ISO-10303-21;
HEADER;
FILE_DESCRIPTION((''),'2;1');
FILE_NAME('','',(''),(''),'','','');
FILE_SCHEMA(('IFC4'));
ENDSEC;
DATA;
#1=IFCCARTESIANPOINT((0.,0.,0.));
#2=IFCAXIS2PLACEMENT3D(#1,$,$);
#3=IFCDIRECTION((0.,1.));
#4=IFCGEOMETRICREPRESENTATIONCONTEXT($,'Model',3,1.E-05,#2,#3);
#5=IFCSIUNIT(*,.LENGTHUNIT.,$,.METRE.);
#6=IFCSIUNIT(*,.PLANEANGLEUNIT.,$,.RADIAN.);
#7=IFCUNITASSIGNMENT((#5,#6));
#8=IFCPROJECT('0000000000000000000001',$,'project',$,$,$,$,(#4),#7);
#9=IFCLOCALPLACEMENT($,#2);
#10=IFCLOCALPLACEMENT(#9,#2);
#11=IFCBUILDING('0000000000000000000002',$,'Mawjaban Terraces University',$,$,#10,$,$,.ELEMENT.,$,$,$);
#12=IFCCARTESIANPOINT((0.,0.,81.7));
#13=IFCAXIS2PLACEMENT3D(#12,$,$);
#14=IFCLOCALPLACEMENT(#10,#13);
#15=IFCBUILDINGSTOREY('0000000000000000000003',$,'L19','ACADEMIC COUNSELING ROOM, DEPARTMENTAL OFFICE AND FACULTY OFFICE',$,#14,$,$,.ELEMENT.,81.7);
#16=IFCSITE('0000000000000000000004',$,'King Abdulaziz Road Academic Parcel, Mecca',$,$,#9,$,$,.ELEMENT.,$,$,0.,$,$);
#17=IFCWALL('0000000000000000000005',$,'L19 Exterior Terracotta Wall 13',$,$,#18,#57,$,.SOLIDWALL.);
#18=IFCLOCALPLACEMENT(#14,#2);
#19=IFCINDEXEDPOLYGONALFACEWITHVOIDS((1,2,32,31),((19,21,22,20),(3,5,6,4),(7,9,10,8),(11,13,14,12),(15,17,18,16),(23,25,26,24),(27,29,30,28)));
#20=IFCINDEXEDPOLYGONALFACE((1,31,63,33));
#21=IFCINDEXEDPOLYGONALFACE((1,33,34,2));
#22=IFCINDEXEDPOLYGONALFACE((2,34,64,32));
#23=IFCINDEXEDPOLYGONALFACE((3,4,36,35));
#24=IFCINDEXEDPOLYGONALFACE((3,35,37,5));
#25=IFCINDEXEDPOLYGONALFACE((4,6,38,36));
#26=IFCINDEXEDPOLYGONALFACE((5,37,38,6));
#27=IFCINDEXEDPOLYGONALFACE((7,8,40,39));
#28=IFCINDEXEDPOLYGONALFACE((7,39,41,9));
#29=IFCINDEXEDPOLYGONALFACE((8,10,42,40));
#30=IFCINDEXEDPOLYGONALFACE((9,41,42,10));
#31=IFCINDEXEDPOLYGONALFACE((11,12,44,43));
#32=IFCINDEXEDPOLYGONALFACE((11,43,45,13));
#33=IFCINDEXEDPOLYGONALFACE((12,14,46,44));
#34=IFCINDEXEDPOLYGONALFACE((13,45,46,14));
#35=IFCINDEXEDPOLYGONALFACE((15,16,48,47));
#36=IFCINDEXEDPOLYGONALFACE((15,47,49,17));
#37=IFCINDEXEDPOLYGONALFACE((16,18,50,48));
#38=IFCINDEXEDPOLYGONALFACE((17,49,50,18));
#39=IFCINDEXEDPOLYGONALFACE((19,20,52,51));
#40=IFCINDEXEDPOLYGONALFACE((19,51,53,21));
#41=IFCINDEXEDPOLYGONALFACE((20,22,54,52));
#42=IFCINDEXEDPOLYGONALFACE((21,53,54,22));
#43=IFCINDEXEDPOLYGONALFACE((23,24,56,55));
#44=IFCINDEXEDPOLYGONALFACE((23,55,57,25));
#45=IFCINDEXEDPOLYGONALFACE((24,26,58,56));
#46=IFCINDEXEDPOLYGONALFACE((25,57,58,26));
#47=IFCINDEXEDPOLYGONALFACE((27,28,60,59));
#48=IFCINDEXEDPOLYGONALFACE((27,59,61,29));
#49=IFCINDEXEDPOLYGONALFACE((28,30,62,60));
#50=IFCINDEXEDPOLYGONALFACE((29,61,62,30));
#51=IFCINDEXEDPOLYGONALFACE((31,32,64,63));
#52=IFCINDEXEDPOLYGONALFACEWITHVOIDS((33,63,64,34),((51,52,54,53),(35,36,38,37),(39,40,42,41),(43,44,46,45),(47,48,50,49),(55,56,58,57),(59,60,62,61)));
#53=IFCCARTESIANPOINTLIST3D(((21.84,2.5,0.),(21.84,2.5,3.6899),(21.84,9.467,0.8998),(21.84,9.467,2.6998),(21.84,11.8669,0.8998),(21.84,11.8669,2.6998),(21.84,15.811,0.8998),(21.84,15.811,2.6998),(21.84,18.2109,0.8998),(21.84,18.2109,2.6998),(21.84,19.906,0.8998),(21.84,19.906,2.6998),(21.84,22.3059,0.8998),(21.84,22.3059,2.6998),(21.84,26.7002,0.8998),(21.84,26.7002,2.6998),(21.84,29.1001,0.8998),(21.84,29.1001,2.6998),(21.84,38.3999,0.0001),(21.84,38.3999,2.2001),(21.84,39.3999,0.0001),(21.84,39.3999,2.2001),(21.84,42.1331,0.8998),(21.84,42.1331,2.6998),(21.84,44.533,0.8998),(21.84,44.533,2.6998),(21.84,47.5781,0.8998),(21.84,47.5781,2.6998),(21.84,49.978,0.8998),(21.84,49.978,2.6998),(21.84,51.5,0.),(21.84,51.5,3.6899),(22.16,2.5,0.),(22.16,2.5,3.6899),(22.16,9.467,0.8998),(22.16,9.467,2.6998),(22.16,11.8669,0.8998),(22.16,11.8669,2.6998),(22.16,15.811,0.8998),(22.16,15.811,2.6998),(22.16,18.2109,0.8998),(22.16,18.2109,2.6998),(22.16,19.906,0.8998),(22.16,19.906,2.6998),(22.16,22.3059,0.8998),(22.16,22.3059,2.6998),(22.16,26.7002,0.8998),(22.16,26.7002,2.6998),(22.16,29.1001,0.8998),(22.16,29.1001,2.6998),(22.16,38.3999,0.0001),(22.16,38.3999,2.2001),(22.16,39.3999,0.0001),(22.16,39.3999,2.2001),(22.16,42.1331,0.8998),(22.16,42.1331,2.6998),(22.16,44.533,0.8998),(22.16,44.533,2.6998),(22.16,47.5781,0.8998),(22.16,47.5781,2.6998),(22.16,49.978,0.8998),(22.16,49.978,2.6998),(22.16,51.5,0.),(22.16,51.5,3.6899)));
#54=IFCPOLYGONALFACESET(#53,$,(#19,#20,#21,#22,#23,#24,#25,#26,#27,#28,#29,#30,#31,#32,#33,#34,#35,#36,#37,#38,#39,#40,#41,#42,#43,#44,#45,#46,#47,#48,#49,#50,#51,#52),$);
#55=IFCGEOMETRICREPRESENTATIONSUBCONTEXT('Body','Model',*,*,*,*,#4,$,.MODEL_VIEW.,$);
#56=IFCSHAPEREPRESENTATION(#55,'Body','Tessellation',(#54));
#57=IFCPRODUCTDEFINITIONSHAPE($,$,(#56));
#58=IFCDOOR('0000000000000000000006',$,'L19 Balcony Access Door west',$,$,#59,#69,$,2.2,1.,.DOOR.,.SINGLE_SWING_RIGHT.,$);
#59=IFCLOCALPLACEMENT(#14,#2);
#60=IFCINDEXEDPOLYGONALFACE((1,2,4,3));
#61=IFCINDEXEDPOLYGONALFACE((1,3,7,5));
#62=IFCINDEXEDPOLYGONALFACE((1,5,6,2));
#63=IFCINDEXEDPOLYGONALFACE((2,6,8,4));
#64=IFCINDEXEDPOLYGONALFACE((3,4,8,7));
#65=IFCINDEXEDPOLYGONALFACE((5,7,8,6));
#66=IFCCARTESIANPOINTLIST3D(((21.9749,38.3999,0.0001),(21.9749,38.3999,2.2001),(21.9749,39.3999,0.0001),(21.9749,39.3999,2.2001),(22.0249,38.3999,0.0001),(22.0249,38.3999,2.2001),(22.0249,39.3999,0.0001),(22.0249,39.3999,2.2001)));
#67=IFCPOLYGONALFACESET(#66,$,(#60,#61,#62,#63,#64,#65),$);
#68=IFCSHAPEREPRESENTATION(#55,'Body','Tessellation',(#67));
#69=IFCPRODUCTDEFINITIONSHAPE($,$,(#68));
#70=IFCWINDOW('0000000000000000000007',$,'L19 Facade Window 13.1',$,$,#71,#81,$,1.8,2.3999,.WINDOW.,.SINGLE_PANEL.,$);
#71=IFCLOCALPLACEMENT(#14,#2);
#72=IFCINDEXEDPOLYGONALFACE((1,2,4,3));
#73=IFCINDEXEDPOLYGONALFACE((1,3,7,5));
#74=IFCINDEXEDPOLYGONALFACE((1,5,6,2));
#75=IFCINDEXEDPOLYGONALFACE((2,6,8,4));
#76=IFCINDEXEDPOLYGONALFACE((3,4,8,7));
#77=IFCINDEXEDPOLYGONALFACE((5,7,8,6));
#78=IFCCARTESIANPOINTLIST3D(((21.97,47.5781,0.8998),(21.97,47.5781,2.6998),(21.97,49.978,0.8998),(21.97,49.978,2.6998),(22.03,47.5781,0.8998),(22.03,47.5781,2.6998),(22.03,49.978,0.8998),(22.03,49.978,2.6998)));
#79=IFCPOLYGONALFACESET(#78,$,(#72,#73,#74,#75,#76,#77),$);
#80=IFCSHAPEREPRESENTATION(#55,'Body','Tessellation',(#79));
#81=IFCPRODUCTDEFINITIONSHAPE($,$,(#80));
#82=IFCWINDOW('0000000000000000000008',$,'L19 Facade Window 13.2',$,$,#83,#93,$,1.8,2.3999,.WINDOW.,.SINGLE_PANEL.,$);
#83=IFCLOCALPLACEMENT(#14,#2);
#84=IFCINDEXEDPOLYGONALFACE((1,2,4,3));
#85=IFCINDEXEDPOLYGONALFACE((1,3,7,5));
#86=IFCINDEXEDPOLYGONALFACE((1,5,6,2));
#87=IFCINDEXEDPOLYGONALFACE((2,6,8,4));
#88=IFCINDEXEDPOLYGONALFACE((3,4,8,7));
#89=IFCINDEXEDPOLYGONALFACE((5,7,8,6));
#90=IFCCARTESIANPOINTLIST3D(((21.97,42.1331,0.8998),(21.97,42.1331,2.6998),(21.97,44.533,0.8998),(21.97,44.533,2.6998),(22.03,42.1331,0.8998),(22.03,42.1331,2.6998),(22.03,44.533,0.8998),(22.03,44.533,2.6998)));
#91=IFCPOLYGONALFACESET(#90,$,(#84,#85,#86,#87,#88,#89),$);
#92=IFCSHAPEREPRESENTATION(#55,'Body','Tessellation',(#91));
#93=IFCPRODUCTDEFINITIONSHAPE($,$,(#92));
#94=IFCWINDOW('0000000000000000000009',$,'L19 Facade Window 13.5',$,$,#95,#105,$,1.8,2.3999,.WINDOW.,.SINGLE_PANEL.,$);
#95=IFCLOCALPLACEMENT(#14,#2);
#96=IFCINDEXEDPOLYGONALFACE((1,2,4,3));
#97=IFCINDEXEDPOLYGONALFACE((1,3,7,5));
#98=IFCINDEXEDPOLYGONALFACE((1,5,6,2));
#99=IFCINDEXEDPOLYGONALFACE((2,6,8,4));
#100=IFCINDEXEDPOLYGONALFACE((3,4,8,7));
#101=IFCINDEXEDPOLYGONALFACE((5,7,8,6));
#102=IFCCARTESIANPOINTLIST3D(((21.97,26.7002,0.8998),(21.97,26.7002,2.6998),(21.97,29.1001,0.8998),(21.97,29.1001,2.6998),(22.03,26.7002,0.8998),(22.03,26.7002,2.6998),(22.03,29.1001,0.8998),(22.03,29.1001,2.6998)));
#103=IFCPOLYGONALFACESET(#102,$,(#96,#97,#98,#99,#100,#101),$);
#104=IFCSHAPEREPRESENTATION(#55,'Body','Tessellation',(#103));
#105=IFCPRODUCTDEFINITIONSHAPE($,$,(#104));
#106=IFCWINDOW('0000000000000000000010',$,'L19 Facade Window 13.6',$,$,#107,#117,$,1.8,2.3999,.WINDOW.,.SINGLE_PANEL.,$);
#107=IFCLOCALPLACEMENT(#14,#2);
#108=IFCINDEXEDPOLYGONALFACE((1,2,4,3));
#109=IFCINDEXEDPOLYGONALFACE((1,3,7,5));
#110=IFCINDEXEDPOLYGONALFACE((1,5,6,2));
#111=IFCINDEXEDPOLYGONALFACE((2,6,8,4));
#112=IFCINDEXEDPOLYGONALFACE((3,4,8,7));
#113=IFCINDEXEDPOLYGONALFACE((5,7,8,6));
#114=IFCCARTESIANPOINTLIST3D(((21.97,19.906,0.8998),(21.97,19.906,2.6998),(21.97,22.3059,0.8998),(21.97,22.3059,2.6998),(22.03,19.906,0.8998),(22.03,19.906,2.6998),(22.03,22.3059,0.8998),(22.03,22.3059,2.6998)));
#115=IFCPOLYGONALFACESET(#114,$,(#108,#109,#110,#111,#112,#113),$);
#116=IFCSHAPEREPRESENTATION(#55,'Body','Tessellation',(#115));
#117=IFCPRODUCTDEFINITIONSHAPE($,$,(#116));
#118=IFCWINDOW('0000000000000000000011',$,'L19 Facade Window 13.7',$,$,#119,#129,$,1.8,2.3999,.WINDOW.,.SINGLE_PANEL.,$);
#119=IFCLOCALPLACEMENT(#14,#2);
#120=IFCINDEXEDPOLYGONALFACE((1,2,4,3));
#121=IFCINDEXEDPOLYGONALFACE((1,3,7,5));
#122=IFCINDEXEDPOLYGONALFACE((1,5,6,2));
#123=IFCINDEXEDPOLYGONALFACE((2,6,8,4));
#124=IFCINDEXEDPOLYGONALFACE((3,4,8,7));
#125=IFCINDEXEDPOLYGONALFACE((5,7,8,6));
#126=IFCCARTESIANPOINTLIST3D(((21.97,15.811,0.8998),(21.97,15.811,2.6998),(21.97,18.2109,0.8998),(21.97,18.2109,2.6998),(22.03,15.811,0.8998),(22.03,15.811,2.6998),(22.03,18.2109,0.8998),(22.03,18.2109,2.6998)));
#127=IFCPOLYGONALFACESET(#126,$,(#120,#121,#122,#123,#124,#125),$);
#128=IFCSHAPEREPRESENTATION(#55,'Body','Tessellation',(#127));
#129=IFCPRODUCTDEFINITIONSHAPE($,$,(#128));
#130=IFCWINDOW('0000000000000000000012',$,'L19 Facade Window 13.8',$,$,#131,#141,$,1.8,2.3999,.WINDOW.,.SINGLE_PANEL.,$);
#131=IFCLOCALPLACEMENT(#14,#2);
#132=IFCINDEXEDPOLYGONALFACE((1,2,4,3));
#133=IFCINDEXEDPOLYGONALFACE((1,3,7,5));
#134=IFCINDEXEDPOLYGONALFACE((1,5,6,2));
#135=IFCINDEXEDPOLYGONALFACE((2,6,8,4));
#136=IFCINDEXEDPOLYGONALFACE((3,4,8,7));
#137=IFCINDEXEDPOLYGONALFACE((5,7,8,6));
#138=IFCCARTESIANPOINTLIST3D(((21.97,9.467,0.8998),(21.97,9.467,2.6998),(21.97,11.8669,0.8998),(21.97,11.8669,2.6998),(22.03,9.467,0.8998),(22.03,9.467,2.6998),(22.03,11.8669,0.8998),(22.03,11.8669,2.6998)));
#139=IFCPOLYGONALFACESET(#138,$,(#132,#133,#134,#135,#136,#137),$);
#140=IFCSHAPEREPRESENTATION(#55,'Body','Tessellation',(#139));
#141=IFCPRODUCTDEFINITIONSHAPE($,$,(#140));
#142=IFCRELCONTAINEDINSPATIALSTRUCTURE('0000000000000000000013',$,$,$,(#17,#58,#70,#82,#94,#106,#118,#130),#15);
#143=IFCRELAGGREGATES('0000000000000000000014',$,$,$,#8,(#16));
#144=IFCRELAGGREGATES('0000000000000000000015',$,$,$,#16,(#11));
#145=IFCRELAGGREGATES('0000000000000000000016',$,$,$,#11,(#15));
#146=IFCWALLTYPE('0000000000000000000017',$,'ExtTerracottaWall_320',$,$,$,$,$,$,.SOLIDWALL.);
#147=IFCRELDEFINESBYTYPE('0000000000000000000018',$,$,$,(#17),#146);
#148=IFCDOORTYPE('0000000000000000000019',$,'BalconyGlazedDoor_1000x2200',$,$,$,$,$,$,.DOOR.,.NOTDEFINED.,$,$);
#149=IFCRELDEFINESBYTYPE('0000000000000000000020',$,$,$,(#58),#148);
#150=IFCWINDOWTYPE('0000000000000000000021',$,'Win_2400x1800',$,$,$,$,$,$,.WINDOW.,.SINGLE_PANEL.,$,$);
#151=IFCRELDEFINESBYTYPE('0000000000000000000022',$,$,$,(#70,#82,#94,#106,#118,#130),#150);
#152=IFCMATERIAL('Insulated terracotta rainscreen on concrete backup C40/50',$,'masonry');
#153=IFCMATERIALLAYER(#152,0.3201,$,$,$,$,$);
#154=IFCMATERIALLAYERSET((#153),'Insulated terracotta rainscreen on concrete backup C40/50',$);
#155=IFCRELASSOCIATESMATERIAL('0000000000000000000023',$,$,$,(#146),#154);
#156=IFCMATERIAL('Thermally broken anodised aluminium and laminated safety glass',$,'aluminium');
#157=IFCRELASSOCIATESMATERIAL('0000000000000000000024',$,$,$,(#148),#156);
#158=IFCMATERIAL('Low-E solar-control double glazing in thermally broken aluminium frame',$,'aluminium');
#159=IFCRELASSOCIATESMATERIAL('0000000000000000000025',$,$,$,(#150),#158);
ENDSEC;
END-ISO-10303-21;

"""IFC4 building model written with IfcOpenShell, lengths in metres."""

from ifc_helpers import new_model, si_unit, direction, frame, frame_2d, origin, place, context, subcontext, project, spatial, rectangle, extrude, material, layer, layer_set, type_object, element, fill, save


model = new_model("IFC4")

# Units and contexts
model_context = context("Model", 3, precision=1e-05, world=origin(), true_north=direction((0.0, 1.0)))
body_context = subcontext(model_context, "Body", "Model", "MODEL_VIEW")
ifc_project = project(units=[si_unit("LENGTHUNIT", "METRE"), si_unit("PLANEANGLEUNIT", "RADIAN")], contexts=[model_context])

# Site, building, storey
site_placement = place(None, origin())
site = spatial("IfcSite", under=ifc_project, at=site_placement, Name="King Abdulaziz Road Academic Parcel, Mecca", CompositionType="ELEMENT", RefElevation=0.0)
building_placement = place(site_placement, origin())
building = spatial("IfcBuilding", under=site, at=building_placement, Name="Mawjaban Terraces University", CompositionType="ELEMENT")
storey_placement = place(building_placement, frame((0.0, 0.0, 81.7)))
storey = spatial("IfcBuildingStorey", under=building, at=storey_placement, Name="L19", Description="ACADEMIC COUNSELING ROOM, DEPARTMENTAL OFFICE AND FACULTY OFFICE", CompositionType="ELEMENT", Elevation=81.7)

# Shared definitions
ifc_material_1 = material(Name="Insulated terracotta rainscreen on concrete backup C40/50", Category="masonry")
ifc_layer_1 = layer(ifc_material_1, 0.3201)
ifc_layer_set_1 = layer_set([ifc_layer_1], Name="Insulated terracotta rainscreen on concrete backup C40/50")
wall_type_1 = type_object("IfcWallType", Name="ExtTerracottaWall_320", PredefinedType="SOLIDWALL", material=ifc_layer_set_1)

# Wall, openings, door, windows
wall_1_placement = place(storey_placement, frame((22.0, 51.5, 0.0), z_axis=(0.0, 0.0, 1.0), x_axis=(0.0, -1.0, 0.0)))
wall_1 = element("IfcWall", 1, at=wall_1_placement, inside=storey, type_object=wall_type_1, Name="L19 Exterior Terracotta Wall 13", PredefinedType="SOLIDWALL", context=body_context, shape_type="SweptSolid", body=[
    extrude(rectangle(XDim=49.0, YDim=0.3201, at=frame_2d((24.5, 0.0))), origin(), (0.0, 0.0, 1.0), 3.6899),
])
opening_1_placement = place(wall_1_placement, frame((12.1001, 0.0, 0.0)))
opening_1 = element("IfcOpeningElement", 2, at=opening_1_placement, cuts=wall_1, PredefinedType="OPENING", context=body_context, shape_type="SweptSolid", body=[
    extrude(rectangle(XDim=1.0, YDim=2.2, at=frame_2d((0.5, 1.1001))), frame((0.0, 0.1699, 0.0), z_axis=(0.0, -1.0, 0.0), x_axis=(1.0, 0.0, 0.0)), (0.0, 0.0, 1.0), 0.3401),
])
opening_2_placement = place(wall_1_placement, frame((1.522, 0.0, 0.8999)))
opening_2 = element("IfcOpeningElement", 3, at=opening_2_placement, cuts=wall_1, PredefinedType="OPENING", context=body_context, shape_type="SweptSolid", body=[
    extrude(rectangle(XDim=2.3999, YDim=1.8, at=frame_2d((1.2, 0.8999))), frame((0.0, 0.1699, 0.0), z_axis=(0.0, -1.0, 0.0), x_axis=(1.0, 0.0, 0.0)), (0.0, 0.0, 1.0), 0.3401),
])
opening_3_placement = place(wall_1_placement, frame((6.967, 0.0, 0.8999)))
opening_3 = element("IfcOpeningElement", 4, at=opening_3_placement, cuts=wall_1, PredefinedType="OPENING", context=body_context, shape_type="SweptSolid", body=[
    extrude(rectangle(XDim=2.3999, YDim=1.8, at=frame_2d((1.2, 0.8999))), frame((0.0, 0.1699, 0.0), z_axis=(0.0, -1.0, 0.0), x_axis=(1.0, 0.0, 0.0)), (0.0, 0.0, 1.0), 0.3401),
])
opening_4_placement = place(wall_1_placement, frame((22.3999, 0.0, 0.8999)))
opening_4 = element("IfcOpeningElement", 5, at=opening_4_placement, cuts=wall_1, PredefinedType="OPENING", context=body_context, shape_type="SweptSolid", body=[
    extrude(rectangle(XDim=2.3999, YDim=1.8, at=frame_2d((1.2, 0.8999))), frame((0.0, 0.1699, 0.0), z_axis=(0.0, -1.0, 0.0), x_axis=(1.0, 0.0, 0.0)), (0.0, 0.0, 1.0), 0.3401),
])
opening_5_placement = place(wall_1_placement, frame((29.1941, 0.0, 0.8999)))
opening_5 = element("IfcOpeningElement", 6, at=opening_5_placement, cuts=wall_1, PredefinedType="OPENING", context=body_context, shape_type="SweptSolid", body=[
    extrude(rectangle(XDim=2.3999, YDim=1.8, at=frame_2d((1.2, 0.8999))), frame((0.0, 0.1699, 0.0), z_axis=(0.0, -1.0, 0.0), x_axis=(1.0, 0.0, 0.0)), (0.0, 0.0, 1.0), 0.3401),
])
opening_6_placement = place(wall_1_placement, frame((33.2891, 0.0, 0.8999)))
opening_6 = element("IfcOpeningElement", 7, at=opening_6_placement, cuts=wall_1, PredefinedType="OPENING", context=body_context, shape_type="SweptSolid", body=[
    extrude(rectangle(XDim=2.3999, YDim=1.8, at=frame_2d((1.2, 0.8999))), frame((0.0, 0.1699, 0.0), z_axis=(0.0, -1.0, 0.0), x_axis=(1.0, 0.0, 0.0)), (0.0, 0.0, 1.0), 0.3401),
])
opening_7_placement = place(wall_1_placement, frame((39.6331, 0.0, 0.8999)))
opening_7 = element("IfcOpeningElement", 8, at=opening_7_placement, cuts=wall_1, PredefinedType="OPENING", context=body_context, shape_type="SweptSolid", body=[
    extrude(rectangle(XDim=2.3999, YDim=1.8, at=frame_2d((1.2, 0.8999))), frame((0.0, 0.1699, 0.0), z_axis=(0.0, -1.0, 0.0), x_axis=(1.0, 0.0, 0.0)), (0.0, 0.0, 1.0), 0.3401),
])
ifc_material_2 = material(Name="Thermally broken anodised aluminium and laminated safety glass", Category="aluminium")
door_type_1 = type_object("IfcDoorType", Name="BalconyGlazedDoor_1000x2200", OperationType="NOTDEFINED", PredefinedType="DOOR", material=ifc_material_2)
door_1_placement = place(opening_1_placement, origin())
door_1 = element("IfcDoor", 9, at=door_1_placement, inside=storey, type_object=door_type_1, Name="L19 Balcony Access Door west", OperationType="SINGLE_SWING_RIGHT", OverallHeight=2.2, OverallWidth=1.0, PredefinedType="DOOR", context=body_context, shape_type="SweptSolid", body=[
    extrude(rectangle(XDim=1.0, YDim=2.2, at=frame_2d((0.5, 1.1001))), frame((0.0, 0.0249, 0.0), z_axis=(0.0, -1.0, 0.0), x_axis=(1.0, 0.0, 0.0)), (0.0, 0.0, 1.0), 0.05),
])
fill(opening_1, door_1)
ifc_material_3 = material(Name="Low-E solar-control double glazing in thermally broken aluminium frame", Category="aluminium")
window_type = type_object("IfcWindowType", Name="Win_2400x1800", PartitioningType="SINGLE_PANEL", PredefinedType="WINDOW", material=ifc_material_3)
window_1_placement = place(opening_2_placement, origin())
window_1 = element("IfcWindow", 10, at=window_1_placement, inside=storey, type_object=window_type, Name="L19 Facade Window 13.1", OverallHeight=1.8, OverallWidth=2.3999, PartitioningType="SINGLE_PANEL", PredefinedType="WINDOW", context=body_context, shape_type="SweptSolid", body=[
    extrude(rectangle(XDim=2.3999, YDim=1.8, at=frame_2d((1.2, 0.8999))), frame((0.0, 0.03, 0.0), z_axis=(0.0, -1.0, 0.0), x_axis=(1.0, 0.0, 0.0)), (0.0, 0.0, 1.0), 0.0601),
])
fill(opening_2, window_1)
window_2_placement = place(opening_3_placement, origin())
window_2 = element("IfcWindow", 11, at=window_2_placement, inside=storey, type_object=window_type, Name="L19 Facade Window 13.2", OverallHeight=1.8, OverallWidth=2.3999, PartitioningType="SINGLE_PANEL", PredefinedType="WINDOW", context=body_context, shape_type="SweptSolid", body=[
    extrude(rectangle(XDim=2.3999, YDim=1.8, at=frame_2d((1.2, 0.8999))), frame((0.0, 0.03, 0.0), z_axis=(0.0, -1.0, 0.0), x_axis=(1.0, 0.0, 0.0)), (0.0, 0.0, 1.0), 0.0601),
])
fill(opening_3, window_2)
window_3_placement = place(opening_4_placement, origin())
window_3 = element("IfcWindow", 12, at=window_3_placement, inside=storey, type_object=window_type, Name="L19 Facade Window 13.5", OverallHeight=1.8, OverallWidth=2.3999, PartitioningType="SINGLE_PANEL", PredefinedType="WINDOW", context=body_context, shape_type="SweptSolid", body=[
    extrude(rectangle(XDim=2.3999, YDim=1.8, at=frame_2d((1.2, 0.8999))), frame((0.0, 0.03, 0.0), z_axis=(0.0, -1.0, 0.0), x_axis=(1.0, 0.0, 0.0)), (0.0, 0.0, 1.0), 0.0601),
])
fill(opening_4, window_3)
window_4_placement = place(opening_5_placement, origin())
window_4 = element("IfcWindow", 13, at=window_4_placement, inside=storey, type_object=window_type, Name="L19 Facade Window 13.6", OverallHeight=1.8, OverallWidth=2.3999, PartitioningType="SINGLE_PANEL", PredefinedType="WINDOW", context=body_context, shape_type="SweptSolid", body=[
    extrude(rectangle(XDim=2.3999, YDim=1.8, at=frame_2d((1.2, 0.8999))), frame((0.0, 0.03, 0.0), z_axis=(0.0, -1.0, 0.0), x_axis=(1.0, 0.0, 0.0)), (0.0, 0.0, 1.0), 0.0601),
])
fill(opening_5, window_4)
window_5_placement = place(opening_6_placement, origin())
window_5 = element("IfcWindow", 14, at=window_5_placement, inside=storey, type_object=window_type, Name="L19 Facade Window 13.7", OverallHeight=1.8, OverallWidth=2.3999, PartitioningType="SINGLE_PANEL", PredefinedType="WINDOW", context=body_context, shape_type="SweptSolid", body=[
    extrude(rectangle(XDim=2.3999, YDim=1.8, at=frame_2d((1.2, 0.8999))), frame((0.0, 0.03, 0.0), z_axis=(0.0, -1.0, 0.0), x_axis=(1.0, 0.0, 0.0)), (0.0, 0.0, 1.0), 0.0601),
])
fill(opening_6, window_5)
window_6_placement = place(opening_7_placement, origin())
window_6 = element("IfcWindow", 15, at=window_6_placement, inside=storey, type_object=window_type, Name="L19 Facade Window 13.8", OverallHeight=1.8, OverallWidth=2.3999, PartitioningType="SINGLE_PANEL", PredefinedType="WINDOW", context=body_context, shape_type="SweptSolid", body=[
    extrude(rectangle(XDim=2.3999, YDim=1.8, at=frame_2d((1.2, 0.8999))), frame((0.0, 0.03, 0.0), z_axis=(0.0, -1.0, 0.0), x_axis=(1.0, 0.0, 0.0)), (0.0, 0.0, 1.0), 0.0601),
])
fill(opening_7, window_6)

save(model, "model.ifc")
